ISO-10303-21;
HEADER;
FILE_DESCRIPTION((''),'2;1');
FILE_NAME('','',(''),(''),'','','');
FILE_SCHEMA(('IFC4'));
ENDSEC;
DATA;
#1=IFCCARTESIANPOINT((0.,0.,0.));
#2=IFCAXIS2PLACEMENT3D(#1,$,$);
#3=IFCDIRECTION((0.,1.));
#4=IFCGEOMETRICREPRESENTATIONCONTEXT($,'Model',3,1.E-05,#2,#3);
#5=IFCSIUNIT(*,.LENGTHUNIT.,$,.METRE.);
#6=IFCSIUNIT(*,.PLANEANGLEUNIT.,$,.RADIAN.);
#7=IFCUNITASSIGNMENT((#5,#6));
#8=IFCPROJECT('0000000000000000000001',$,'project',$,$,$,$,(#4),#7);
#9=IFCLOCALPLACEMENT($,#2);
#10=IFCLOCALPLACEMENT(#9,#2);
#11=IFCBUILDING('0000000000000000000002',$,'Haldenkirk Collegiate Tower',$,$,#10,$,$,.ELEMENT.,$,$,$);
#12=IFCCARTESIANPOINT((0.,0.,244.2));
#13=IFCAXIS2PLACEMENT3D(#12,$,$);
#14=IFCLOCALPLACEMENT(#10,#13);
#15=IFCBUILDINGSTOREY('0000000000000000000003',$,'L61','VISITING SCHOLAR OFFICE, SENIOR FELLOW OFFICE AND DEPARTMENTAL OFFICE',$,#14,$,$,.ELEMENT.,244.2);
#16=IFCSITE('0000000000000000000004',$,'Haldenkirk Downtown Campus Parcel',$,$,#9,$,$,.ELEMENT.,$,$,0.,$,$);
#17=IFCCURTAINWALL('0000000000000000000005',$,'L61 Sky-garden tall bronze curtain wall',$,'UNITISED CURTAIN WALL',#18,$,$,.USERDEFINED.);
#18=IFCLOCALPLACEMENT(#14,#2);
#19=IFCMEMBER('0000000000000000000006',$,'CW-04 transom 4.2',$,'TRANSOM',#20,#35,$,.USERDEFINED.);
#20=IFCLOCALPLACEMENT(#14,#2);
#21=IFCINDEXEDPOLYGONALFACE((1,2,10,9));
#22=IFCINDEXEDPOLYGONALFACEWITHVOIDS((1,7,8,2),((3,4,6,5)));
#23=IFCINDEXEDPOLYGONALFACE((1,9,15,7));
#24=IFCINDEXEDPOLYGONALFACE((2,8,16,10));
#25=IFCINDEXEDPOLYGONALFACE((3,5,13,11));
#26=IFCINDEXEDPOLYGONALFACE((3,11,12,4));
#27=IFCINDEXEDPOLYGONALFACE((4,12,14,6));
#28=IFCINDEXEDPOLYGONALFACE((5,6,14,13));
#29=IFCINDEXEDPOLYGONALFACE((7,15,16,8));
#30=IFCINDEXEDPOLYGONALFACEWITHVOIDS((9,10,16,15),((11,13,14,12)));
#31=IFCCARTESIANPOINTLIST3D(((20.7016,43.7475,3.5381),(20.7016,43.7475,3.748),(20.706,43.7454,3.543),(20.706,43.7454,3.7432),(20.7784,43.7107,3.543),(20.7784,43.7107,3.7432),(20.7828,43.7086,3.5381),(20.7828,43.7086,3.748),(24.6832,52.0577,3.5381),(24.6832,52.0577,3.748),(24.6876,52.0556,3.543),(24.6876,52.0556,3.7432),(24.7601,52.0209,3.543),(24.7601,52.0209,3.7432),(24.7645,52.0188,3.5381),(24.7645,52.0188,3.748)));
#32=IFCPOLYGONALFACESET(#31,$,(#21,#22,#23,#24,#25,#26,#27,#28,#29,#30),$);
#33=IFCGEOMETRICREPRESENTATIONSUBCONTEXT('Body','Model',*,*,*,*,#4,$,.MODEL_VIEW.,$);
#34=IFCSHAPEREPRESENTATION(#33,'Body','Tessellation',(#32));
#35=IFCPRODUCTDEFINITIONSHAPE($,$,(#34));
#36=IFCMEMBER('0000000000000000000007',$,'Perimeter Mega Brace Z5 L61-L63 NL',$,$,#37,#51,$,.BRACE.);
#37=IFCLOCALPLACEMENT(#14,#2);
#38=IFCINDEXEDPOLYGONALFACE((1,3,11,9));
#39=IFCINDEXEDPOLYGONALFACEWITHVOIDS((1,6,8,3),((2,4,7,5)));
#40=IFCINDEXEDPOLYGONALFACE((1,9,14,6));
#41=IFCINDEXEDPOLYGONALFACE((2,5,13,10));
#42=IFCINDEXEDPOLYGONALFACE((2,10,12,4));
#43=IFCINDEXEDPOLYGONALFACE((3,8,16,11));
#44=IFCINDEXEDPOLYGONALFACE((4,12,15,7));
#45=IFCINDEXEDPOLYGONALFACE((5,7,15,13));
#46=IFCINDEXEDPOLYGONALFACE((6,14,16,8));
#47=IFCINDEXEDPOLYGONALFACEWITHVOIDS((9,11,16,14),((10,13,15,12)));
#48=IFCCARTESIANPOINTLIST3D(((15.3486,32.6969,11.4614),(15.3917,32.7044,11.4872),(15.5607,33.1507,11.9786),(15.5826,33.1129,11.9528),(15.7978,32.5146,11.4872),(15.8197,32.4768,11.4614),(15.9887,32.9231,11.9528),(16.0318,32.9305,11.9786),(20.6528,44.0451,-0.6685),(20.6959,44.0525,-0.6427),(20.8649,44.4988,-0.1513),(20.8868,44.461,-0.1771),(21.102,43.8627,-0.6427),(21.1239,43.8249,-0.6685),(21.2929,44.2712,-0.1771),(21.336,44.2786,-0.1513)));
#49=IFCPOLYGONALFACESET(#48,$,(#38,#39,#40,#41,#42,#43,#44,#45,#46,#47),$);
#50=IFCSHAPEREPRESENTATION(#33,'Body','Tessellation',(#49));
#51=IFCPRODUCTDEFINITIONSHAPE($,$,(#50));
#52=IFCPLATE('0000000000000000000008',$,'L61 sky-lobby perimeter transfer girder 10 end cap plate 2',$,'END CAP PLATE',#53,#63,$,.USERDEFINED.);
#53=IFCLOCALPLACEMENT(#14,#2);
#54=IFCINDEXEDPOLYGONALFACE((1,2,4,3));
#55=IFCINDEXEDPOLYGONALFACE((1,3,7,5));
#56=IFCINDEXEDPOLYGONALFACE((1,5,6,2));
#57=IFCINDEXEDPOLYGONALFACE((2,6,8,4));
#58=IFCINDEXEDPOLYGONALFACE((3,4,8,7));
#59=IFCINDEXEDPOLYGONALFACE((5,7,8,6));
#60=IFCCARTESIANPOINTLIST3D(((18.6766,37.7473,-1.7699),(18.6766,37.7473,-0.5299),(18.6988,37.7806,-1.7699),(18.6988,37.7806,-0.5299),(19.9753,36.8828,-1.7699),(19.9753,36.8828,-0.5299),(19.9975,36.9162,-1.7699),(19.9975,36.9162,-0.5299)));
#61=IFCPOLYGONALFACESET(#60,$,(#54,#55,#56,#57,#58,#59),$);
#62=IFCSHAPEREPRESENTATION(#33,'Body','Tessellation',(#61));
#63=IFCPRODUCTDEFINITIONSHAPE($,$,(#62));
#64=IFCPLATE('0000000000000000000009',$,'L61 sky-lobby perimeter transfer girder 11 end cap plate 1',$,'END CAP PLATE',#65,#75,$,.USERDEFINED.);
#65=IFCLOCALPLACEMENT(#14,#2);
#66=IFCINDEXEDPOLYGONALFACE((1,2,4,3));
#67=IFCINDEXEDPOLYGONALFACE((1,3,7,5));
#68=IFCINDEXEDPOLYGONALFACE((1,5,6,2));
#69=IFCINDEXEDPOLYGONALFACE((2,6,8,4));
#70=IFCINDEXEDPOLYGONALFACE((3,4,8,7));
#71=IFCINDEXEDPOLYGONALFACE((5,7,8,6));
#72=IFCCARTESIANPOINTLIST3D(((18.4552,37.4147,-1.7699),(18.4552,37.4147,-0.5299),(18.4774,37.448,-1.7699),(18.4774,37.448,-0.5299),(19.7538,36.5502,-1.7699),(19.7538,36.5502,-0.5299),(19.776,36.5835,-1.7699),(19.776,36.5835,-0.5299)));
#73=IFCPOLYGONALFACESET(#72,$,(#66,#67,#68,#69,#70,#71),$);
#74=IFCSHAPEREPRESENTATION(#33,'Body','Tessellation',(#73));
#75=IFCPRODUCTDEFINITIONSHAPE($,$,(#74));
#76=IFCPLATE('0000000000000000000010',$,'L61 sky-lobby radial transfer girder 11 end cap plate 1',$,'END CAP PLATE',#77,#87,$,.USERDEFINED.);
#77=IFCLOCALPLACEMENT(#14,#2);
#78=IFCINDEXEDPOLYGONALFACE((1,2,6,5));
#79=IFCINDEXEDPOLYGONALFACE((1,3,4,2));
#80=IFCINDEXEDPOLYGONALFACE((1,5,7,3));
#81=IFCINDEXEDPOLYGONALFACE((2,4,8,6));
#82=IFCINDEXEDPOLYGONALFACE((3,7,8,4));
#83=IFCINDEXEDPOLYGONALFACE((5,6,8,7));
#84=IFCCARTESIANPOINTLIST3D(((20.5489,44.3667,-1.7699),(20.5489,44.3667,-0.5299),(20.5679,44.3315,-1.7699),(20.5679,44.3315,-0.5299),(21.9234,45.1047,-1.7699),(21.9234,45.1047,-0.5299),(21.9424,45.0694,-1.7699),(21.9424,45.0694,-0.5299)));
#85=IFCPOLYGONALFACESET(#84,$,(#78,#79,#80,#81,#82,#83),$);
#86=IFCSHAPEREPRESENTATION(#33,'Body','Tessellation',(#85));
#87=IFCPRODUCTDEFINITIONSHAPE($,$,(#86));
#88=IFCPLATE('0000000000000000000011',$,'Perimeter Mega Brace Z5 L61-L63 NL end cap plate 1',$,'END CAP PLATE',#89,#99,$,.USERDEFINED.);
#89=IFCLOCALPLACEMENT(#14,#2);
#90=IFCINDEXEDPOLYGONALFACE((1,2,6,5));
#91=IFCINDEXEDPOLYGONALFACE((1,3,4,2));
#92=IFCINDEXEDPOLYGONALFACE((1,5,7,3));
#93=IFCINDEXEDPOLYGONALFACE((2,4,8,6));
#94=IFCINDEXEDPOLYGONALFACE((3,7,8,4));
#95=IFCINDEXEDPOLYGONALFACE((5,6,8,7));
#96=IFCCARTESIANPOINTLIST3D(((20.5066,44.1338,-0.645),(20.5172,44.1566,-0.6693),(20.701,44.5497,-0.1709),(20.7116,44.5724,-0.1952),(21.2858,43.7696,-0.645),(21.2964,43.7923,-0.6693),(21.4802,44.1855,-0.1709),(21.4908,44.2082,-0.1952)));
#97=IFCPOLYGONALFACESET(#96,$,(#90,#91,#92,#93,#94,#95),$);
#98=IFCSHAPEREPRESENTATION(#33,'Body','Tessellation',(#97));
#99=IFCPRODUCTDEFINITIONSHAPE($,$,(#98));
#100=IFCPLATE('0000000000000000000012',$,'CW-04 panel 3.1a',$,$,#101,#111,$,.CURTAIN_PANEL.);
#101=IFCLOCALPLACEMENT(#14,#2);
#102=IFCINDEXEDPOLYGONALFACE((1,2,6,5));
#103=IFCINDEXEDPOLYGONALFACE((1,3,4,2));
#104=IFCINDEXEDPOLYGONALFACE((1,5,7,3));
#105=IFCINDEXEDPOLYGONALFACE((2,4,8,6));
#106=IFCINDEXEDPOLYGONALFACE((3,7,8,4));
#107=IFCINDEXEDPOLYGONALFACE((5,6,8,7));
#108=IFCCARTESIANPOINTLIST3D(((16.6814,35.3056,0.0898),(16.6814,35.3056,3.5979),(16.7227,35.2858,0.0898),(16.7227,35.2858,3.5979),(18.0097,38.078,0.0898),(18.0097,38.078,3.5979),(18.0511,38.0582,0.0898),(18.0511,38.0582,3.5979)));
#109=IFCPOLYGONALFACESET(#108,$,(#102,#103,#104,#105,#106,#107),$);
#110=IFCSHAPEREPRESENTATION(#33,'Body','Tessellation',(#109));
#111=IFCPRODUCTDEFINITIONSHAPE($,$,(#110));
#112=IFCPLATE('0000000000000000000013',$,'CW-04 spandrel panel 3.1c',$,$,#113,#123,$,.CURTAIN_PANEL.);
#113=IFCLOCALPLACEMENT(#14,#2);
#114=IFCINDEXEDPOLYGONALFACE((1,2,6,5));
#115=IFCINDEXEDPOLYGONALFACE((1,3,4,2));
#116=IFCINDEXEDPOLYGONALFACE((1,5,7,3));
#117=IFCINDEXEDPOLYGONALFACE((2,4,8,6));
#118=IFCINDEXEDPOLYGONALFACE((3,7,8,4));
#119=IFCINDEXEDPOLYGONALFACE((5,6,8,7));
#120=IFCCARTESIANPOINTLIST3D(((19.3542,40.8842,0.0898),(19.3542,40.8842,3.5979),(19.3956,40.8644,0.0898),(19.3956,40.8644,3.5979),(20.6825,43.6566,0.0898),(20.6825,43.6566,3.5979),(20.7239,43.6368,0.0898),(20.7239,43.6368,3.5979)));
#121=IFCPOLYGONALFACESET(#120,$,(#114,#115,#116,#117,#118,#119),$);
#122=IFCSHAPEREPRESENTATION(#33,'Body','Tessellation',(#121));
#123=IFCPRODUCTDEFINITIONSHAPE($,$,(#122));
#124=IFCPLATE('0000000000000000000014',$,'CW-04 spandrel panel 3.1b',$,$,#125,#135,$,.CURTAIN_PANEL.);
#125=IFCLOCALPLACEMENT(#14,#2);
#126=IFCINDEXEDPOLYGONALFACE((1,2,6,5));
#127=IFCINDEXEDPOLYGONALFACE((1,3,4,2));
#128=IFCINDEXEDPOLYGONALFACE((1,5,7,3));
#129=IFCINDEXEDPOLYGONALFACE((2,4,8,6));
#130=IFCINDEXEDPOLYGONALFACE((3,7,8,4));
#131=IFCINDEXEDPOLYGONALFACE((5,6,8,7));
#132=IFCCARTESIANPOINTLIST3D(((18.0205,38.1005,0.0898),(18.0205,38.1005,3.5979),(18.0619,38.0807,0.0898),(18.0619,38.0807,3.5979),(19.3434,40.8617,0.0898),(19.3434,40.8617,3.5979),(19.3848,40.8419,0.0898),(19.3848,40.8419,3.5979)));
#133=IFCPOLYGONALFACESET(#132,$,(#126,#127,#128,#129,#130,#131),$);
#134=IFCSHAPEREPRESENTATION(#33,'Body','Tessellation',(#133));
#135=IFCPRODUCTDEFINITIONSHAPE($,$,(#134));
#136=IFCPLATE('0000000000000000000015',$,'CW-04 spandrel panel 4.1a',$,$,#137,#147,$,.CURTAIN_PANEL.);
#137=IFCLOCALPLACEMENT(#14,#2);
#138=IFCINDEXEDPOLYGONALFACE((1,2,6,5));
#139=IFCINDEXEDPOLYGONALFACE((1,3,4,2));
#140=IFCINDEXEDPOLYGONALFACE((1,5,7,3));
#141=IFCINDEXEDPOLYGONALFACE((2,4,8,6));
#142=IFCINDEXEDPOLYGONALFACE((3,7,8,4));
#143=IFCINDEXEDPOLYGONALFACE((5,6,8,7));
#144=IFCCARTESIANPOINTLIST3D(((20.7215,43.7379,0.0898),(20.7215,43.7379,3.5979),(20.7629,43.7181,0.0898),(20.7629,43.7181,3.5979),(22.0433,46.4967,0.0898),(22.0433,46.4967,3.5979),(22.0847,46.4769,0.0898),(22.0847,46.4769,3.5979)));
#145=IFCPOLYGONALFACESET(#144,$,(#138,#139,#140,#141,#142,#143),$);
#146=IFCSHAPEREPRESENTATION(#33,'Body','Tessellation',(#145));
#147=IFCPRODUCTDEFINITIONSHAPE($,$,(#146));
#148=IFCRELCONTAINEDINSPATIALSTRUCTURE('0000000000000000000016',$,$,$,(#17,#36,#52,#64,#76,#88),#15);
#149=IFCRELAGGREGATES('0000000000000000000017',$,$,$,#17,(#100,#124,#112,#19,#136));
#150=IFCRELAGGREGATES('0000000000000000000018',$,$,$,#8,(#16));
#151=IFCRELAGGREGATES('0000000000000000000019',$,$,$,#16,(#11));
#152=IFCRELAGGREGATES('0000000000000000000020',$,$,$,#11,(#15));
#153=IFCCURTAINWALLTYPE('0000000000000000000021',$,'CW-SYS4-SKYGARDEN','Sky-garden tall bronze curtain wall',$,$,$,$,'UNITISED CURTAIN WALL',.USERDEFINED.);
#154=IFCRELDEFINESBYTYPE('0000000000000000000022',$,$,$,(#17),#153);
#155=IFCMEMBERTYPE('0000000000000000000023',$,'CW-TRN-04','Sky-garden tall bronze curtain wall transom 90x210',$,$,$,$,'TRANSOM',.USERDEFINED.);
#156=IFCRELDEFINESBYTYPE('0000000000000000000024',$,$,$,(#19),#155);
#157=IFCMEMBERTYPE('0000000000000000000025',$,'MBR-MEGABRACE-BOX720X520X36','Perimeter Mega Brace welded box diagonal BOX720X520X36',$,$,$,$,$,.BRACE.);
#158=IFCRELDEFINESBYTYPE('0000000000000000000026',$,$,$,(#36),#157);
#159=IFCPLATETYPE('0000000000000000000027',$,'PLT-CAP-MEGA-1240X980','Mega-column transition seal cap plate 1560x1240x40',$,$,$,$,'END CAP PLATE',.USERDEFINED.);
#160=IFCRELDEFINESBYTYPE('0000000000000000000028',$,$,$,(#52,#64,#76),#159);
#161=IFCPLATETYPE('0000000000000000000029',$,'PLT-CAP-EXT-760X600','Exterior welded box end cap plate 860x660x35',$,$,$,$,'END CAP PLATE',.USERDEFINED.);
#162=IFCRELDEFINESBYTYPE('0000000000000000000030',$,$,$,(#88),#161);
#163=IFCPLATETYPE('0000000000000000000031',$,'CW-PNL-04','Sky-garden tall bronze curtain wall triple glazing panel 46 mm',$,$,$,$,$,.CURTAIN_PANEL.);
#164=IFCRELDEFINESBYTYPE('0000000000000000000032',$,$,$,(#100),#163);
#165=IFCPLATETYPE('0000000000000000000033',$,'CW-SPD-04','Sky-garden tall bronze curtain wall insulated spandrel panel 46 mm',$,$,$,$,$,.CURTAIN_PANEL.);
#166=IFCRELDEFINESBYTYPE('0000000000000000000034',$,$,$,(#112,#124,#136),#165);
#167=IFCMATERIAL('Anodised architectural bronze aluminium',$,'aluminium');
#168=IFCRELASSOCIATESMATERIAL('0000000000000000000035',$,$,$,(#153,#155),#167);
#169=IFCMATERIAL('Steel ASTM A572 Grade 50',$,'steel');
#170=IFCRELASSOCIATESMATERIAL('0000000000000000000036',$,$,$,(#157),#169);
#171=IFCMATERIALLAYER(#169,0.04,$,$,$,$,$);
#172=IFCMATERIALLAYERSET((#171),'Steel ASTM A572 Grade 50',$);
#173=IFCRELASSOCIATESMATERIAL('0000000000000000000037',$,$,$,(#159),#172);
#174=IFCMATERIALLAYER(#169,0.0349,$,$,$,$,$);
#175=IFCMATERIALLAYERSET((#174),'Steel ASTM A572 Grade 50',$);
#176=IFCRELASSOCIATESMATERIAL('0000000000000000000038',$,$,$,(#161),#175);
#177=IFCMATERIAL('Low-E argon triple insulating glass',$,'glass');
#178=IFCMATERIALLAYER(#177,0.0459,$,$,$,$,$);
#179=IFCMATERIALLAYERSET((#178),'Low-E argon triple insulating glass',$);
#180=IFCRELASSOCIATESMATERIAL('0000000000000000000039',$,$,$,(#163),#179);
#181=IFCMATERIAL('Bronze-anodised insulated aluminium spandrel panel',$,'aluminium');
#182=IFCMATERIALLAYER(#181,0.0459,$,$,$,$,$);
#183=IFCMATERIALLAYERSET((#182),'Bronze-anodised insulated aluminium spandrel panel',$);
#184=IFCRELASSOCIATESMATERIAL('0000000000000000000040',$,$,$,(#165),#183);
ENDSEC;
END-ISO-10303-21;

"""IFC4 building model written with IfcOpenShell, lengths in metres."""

from ifc_helpers import new_model, si_unit, direction, frame, origin, origin_2d, place, context, subcontext, project, spatial, rectangle, hollow_rectangle, extrude, source, transform, mapped, material, layer, layer_set, material_profile, profile_set, type_object, element, aggregate, save


model = new_model("IFC4")

# Units and contexts
model_context = context("Model", 3, precision=1e-05, world=origin(), true_north=direction((0.0, 1.0)))
body_context = subcontext(model_context, "Body", "Model", "MODEL_VIEW")
ifc_project = project(units=[si_unit("LENGTHUNIT", "METRE"), si_unit("PLANEANGLEUNIT", "RADIAN")], contexts=[model_context])

# Site, building, storey
site_placement = place(None, origin())
site = spatial("IfcSite", under=ifc_project, at=site_placement, Name="Haldenkirk Downtown Campus Parcel", CompositionType="ELEMENT", RefElevation=0.0)
building_placement = place(site_placement, origin())
building = spatial("IfcBuilding", under=site, at=building_placement, Name="Haldenkirk Collegiate Tower", CompositionType="ELEMENT")
storey_placement = place(building_placement, frame((0.0, 0.0, 244.2)))
storey = spatial("IfcBuildingStorey", under=building, at=storey_placement, Name="L61", Description="VISITING SCHOLAR OFFICE, SENIOR FELLOW OFFICE AND DEPARTMENTAL OFFICE", CompositionType="ELEMENT", Elevation=244.2)

# Shared definitions
ifc_material_1 = material(Name="Steel ASTM A572 Grade 50", Category="steel")

# Curtain wall, member
ifc_material_2 = material(Name="Anodised architectural bronze aluminium", Category="aluminium")
curtain_wall_type = type_object("IfcCurtainWallType", Name="CW-SYS4-SKYGARDEN", Description="Sky-garden tall bronze curtain wall", ElementType="UNITISED CURTAIN WALL", PredefinedType="USERDEFINED", material=ifc_material_2)
curtain_wall_placement = place(storey_placement, origin())
curtain_wall = element("IfcCurtainWall", 1, at=curtain_wall_placement, inside=storey, type_object=curtain_wall_type, Name="L61 Sky-garden tall bronze curtain wall", ObjectType="UNITISED CURTAIN WALL", PredefinedType="USERDEFINED")
ifc_material_profile_1 = material_profile(ifc_material_2, hollow_rectangle(XDim=0.0901, YDim=0.21, WallThickness=0.0049, at=origin_2d()), Name="CW-TRN-04")
ifc_profile_set_1 = profile_set([ifc_material_profile_1], Name="Anodised architectural bronze aluminium")
member_type_1 = type_object("IfcMemberType", Name="CW-TRN-04", Description="Sky-garden tall bronze curtain wall transom 90x210", ElementType="TRANSOM", PredefinedType="USERDEFINED", material=ifc_profile_set_1)
member_1_placement = place(storey_placement, frame((20.7422, 43.728, 3.6431), z_axis=(0.432091, 0.90183, 0.0), x_axis=(-0.90183, 0.432091, 0.0)))
member_1 = element("IfcMember", 2, at=member_1_placement, type_object=member_type_1, Name="CW-04 transom 4.2", ObjectType="TRANSOM", PredefinedType="USERDEFINED", context=body_context, shape_type="SweptSolid", body=[
    extrude(hollow_rectangle(XDim=0.0901, YDim=0.21, WallThickness=0.0049, at=origin_2d()), origin(), (0.0, 0.0, 1.0), 9.2148),
])

# Member
ifc_material_profile_2 = material_profile(ifc_material_1, hollow_rectangle(XDim=0.52, YDim=0.72, WallThickness=0.0359, at=origin_2d()), Name="BOX720X520X36")
ifc_profile_set_2 = profile_set([ifc_material_profile_2], Name="Steel ASTM A572 Grade 50")
member_type_2 = type_object("IfcMemberType", Name="MBR-MEGABRACE-BOX720X520X36", Description="Perimeter Mega Brace welded box diagonal BOX720X520X36", PredefinedType="BRACE", material=ifc_profile_set_2)
member_2_placement = place(storey_placement, frame((20.9944, 44.1619, -0.4099), z_axis=(-0.304192, -0.650808, 0.69564), x_axis=(0.905926, -0.423436, 0.0)))
element("IfcMember", 3, at=member_2_placement, inside=storey, type_object=member_type_2, Name="Perimeter Mega Brace Z5 L61-L63 NL", PredefinedType="BRACE", context=body_context, shape_type="SweptSolid", body=[
    extrude(hollow_rectangle(XDim=0.52, YDim=0.72, WallThickness=0.0359, at=origin_2d()), origin(), (0.0, 0.0, 1.0), 17.437),
])

# Plates
ifc_layer_1 = layer(ifc_material_1, 0.04)
ifc_layer_set_1 = layer_set([ifc_layer_1], Name="Steel ASTM A572 Grade 50")
plate_type_1 = type_object("IfcPlateType", Name="PLT-CAP-MEGA-1240X980", Description="Mega-column transition seal cap plate 1560x1240x40", ElementType="END CAP PLATE", PredefinedType="USERDEFINED", material=ifc_layer_set_1)
shared_shape_1 = source(origin(), body_context, "Body", "SweptSolid", [
    extrude(rectangle(XDim=1.5601, YDim=1.24, at=origin_2d()), origin(), (0.0, 0.0, 1.0), 0.04),
])
for number, where, z_axis, x_axis, name in (
    (4, (19.3481, 37.3484, -1.1499), (-0.554121, -0.832436, 0.0), (0.832436, -0.554121, 0.0), "L61 sky-lobby perimeter transfer girder 10 end cap plate 2"),
    (5, (19.1045, 36.9824, -1.1499), (0.554118, 0.832438, 0.0), (-0.832438, 0.554118, 0.0), "L61 sky-lobby perimeter transfer girder 11 end cap plate 1"),
    (6, (21.2551, 44.7004, -1.1499), (-0.473032, 0.881045, 0.0), (-0.881045, -0.473032, 0.0), "L61 sky-lobby radial transfer girder 11 end cap plate 1"),
):
    element("IfcPlate", number, at=place(storey_placement, frame(where, z_axis=z_axis, x_axis=x_axis)), inside=storey, type_object=plate_type_1, Name=name, ObjectType="END CAP PLATE", PredefinedType="USERDEFINED", context=body_context, shape_type="MappedRepresentation", body=[
        mapped(shared_shape_1, transform((0.0, 0.0, 0.0), x_axis=(1.0, 0.0, 0.0), y_axis=(0.0, 1.0, 0.0), z_axis=(0.0, 0.0, 1.0), scale=1.0)),
    ])
ifc_layer_2 = layer(ifc_material_1, 0.0349)
ifc_layer_set_2 = layer_set([ifc_layer_2], Name="Steel ASTM A572 Grade 50")
plate_type_2 = type_object("IfcPlateType", Name="PLT-CAP-EXT-760X600", Description="Exterior welded box end cap plate 860x660x35", ElementType="END CAP PLATE", PredefinedType="USERDEFINED", material=ifc_layer_set_2)
shared_shape_2 = source(origin(), body_context, "Body", "SweptSolid", [
    extrude(rectangle(XDim=0.8601, YDim=0.6599, at=origin_2d()), origin(), (0.0, 0.0, 1.0), 0.0349),
])
plate_1_placement = place(storey_placement, frame((20.9934, 44.1597, -0.408), z_axis=(0.304192, 0.6508, -0.695648), x_axis=(-0.905924, 0.42344, 0.0)))
element("IfcPlate", 7, at=plate_1_placement, inside=storey, type_object=plate_type_2, Name="Perimeter Mega Brace Z5 L61-L63 NL end cap plate 1", ObjectType="END CAP PLATE", PredefinedType="USERDEFINED", context=body_context, shape_type="MappedRepresentation", body=[
    mapped(shared_shape_2, transform((0.0, 0.0, 0.0), x_axis=(1.0, 0.0, 0.0), y_axis=(0.0, 1.0, 0.0), z_axis=(0.0, 0.0, 1.0), scale=1.0)),
])

# Plates
ifc_material_3 = material(Name="Low-E argon triple insulating glass", Category="glass")
ifc_layer_3 = layer(ifc_material_3, 0.0459)
ifc_layer_set_3 = layer_set([ifc_layer_3], Name="Low-E argon triple insulating glass")
plate_type_3 = type_object("IfcPlateType", Name="CW-PNL-04", Description="Sky-garden tall bronze curtain wall triple glazing panel 46 mm", PredefinedType="CURTAIN_PANEL", material=ifc_layer_set_3)
shared_shape_3 = source(origin(), body_context, "Body", "SweptSolid", [
    extrude(rectangle(XDim=3.0742, YDim=0.0459, at=origin_2d()), origin(), (0.0, 0.0, 1.0), 3.5081),
])
plate_2_placement = place(storey_placement, frame((17.3662, 36.6819, 0.0898), z_axis=(0.0, 0.0, 1.0), x_axis=(0.432084, 0.901833, 0.0)))
plate_2 = element("IfcPlate", 8, at=plate_2_placement, type_object=plate_type_3, Name="CW-04 panel 3.1a", PredefinedType="CURTAIN_PANEL", context=body_context, shape_type="MappedRepresentation", body=[
    mapped(shared_shape_3, transform((0.0, 0.0, 0.0), x_axis=(1.0, 0.0, 0.0), y_axis=(0.0, 1.0, 0.0), z_axis=(0.0, 0.0, 1.0), scale=1.0)),
])
ifc_material_4 = material(Name="Bronze-anodised insulated aluminium spandrel panel", Category="aluminium")
ifc_layer_4 = layer(ifc_material_4, 0.0459)
ifc_layer_set_4 = layer_set([ifc_layer_4], Name="Bronze-anodised insulated aluminium spandrel panel")
plate_type_4 = type_object("IfcPlateType", Name="CW-SPD-04", Description="Sky-garden tall bronze curtain wall insulated spandrel panel 46 mm", PredefinedType="CURTAIN_PANEL", material=ifc_layer_set_4)
plate_3_placement = place(storey_placement, frame((20.0391, 42.2605, 0.0898), z_axis=(0.0, 0.0, 1.0), x_axis=(0.432084, 0.901833, 0.0)))
plate_3 = element("IfcPlate", 9, at=plate_3_placement, type_object=plate_type_4, Name="CW-04 spandrel panel 3.1c", PredefinedType="CURTAIN_PANEL", context=body_context, shape_type="MappedRepresentation", body=[
    mapped(shared_shape_3, transform((0.0, 0.0, 0.0), x_axis=(1.0, 0.0, 0.0), y_axis=(0.0, 1.0, 0.0), z_axis=(0.0, 0.0, 1.0), scale=1.0)),
])
shared_shape_4 = source(origin(), body_context, "Body", "SweptSolid", [
    extrude(rectangle(XDim=3.0618, YDim=0.0459, at=origin_2d()), origin(), (0.0, 0.0, 1.0), 3.5081),
])
plate_4_placement = place(storey_placement, frame((18.7026, 39.4712, 0.0898), z_axis=(0.0, 0.0, 1.0), x_axis=(0.432084, 0.901833, 0.0)))
plate_4 = element("IfcPlate", 10, at=plate_4_placement, type_object=plate_type_4, Name="CW-04 spandrel panel 3.1b", PredefinedType="CURTAIN_PANEL", context=body_context, shape_type="MappedRepresentation", body=[
    mapped(shared_shape_4, transform((0.0, 0.0, 0.0), x_axis=(1.0, 0.0, 0.0), y_axis=(0.0, 1.0, 0.0), z_axis=(0.0, 0.0, 1.0), scale=1.0)),
])
shared_shape_5 = source(origin(), body_context, "Body", "SweptSolid", [
    extrude(rectangle(XDim=3.0591, YDim=0.0459, at=origin_2d()), origin(), (0.0, 0.0, 1.0), 3.5081),
])
plate_5_placement = place(storey_placement, frame((21.4031, 45.1074, 0.0898), z_axis=(0.0, 0.0, 1.0), x_axis=(0.432084, 0.901833, 0.0)))
plate_5 = element("IfcPlate", 11, at=plate_5_placement, type_object=plate_type_4, Name="CW-04 spandrel panel 4.1a", PredefinedType="CURTAIN_PANEL", context=body_context, shape_type="MappedRepresentation", body=[
    mapped(shared_shape_5, transform((0.0, 0.0, 0.0), x_axis=(1.0, 0.0, 0.0), y_axis=(0.0, 1.0, 0.0), z_axis=(0.0, 0.0, 1.0), scale=1.0)),
])
aggregate(curtain_wall, [plate_2, plate_4, plate_3, member_1, plate_5])

save(model, "model.ifc")
